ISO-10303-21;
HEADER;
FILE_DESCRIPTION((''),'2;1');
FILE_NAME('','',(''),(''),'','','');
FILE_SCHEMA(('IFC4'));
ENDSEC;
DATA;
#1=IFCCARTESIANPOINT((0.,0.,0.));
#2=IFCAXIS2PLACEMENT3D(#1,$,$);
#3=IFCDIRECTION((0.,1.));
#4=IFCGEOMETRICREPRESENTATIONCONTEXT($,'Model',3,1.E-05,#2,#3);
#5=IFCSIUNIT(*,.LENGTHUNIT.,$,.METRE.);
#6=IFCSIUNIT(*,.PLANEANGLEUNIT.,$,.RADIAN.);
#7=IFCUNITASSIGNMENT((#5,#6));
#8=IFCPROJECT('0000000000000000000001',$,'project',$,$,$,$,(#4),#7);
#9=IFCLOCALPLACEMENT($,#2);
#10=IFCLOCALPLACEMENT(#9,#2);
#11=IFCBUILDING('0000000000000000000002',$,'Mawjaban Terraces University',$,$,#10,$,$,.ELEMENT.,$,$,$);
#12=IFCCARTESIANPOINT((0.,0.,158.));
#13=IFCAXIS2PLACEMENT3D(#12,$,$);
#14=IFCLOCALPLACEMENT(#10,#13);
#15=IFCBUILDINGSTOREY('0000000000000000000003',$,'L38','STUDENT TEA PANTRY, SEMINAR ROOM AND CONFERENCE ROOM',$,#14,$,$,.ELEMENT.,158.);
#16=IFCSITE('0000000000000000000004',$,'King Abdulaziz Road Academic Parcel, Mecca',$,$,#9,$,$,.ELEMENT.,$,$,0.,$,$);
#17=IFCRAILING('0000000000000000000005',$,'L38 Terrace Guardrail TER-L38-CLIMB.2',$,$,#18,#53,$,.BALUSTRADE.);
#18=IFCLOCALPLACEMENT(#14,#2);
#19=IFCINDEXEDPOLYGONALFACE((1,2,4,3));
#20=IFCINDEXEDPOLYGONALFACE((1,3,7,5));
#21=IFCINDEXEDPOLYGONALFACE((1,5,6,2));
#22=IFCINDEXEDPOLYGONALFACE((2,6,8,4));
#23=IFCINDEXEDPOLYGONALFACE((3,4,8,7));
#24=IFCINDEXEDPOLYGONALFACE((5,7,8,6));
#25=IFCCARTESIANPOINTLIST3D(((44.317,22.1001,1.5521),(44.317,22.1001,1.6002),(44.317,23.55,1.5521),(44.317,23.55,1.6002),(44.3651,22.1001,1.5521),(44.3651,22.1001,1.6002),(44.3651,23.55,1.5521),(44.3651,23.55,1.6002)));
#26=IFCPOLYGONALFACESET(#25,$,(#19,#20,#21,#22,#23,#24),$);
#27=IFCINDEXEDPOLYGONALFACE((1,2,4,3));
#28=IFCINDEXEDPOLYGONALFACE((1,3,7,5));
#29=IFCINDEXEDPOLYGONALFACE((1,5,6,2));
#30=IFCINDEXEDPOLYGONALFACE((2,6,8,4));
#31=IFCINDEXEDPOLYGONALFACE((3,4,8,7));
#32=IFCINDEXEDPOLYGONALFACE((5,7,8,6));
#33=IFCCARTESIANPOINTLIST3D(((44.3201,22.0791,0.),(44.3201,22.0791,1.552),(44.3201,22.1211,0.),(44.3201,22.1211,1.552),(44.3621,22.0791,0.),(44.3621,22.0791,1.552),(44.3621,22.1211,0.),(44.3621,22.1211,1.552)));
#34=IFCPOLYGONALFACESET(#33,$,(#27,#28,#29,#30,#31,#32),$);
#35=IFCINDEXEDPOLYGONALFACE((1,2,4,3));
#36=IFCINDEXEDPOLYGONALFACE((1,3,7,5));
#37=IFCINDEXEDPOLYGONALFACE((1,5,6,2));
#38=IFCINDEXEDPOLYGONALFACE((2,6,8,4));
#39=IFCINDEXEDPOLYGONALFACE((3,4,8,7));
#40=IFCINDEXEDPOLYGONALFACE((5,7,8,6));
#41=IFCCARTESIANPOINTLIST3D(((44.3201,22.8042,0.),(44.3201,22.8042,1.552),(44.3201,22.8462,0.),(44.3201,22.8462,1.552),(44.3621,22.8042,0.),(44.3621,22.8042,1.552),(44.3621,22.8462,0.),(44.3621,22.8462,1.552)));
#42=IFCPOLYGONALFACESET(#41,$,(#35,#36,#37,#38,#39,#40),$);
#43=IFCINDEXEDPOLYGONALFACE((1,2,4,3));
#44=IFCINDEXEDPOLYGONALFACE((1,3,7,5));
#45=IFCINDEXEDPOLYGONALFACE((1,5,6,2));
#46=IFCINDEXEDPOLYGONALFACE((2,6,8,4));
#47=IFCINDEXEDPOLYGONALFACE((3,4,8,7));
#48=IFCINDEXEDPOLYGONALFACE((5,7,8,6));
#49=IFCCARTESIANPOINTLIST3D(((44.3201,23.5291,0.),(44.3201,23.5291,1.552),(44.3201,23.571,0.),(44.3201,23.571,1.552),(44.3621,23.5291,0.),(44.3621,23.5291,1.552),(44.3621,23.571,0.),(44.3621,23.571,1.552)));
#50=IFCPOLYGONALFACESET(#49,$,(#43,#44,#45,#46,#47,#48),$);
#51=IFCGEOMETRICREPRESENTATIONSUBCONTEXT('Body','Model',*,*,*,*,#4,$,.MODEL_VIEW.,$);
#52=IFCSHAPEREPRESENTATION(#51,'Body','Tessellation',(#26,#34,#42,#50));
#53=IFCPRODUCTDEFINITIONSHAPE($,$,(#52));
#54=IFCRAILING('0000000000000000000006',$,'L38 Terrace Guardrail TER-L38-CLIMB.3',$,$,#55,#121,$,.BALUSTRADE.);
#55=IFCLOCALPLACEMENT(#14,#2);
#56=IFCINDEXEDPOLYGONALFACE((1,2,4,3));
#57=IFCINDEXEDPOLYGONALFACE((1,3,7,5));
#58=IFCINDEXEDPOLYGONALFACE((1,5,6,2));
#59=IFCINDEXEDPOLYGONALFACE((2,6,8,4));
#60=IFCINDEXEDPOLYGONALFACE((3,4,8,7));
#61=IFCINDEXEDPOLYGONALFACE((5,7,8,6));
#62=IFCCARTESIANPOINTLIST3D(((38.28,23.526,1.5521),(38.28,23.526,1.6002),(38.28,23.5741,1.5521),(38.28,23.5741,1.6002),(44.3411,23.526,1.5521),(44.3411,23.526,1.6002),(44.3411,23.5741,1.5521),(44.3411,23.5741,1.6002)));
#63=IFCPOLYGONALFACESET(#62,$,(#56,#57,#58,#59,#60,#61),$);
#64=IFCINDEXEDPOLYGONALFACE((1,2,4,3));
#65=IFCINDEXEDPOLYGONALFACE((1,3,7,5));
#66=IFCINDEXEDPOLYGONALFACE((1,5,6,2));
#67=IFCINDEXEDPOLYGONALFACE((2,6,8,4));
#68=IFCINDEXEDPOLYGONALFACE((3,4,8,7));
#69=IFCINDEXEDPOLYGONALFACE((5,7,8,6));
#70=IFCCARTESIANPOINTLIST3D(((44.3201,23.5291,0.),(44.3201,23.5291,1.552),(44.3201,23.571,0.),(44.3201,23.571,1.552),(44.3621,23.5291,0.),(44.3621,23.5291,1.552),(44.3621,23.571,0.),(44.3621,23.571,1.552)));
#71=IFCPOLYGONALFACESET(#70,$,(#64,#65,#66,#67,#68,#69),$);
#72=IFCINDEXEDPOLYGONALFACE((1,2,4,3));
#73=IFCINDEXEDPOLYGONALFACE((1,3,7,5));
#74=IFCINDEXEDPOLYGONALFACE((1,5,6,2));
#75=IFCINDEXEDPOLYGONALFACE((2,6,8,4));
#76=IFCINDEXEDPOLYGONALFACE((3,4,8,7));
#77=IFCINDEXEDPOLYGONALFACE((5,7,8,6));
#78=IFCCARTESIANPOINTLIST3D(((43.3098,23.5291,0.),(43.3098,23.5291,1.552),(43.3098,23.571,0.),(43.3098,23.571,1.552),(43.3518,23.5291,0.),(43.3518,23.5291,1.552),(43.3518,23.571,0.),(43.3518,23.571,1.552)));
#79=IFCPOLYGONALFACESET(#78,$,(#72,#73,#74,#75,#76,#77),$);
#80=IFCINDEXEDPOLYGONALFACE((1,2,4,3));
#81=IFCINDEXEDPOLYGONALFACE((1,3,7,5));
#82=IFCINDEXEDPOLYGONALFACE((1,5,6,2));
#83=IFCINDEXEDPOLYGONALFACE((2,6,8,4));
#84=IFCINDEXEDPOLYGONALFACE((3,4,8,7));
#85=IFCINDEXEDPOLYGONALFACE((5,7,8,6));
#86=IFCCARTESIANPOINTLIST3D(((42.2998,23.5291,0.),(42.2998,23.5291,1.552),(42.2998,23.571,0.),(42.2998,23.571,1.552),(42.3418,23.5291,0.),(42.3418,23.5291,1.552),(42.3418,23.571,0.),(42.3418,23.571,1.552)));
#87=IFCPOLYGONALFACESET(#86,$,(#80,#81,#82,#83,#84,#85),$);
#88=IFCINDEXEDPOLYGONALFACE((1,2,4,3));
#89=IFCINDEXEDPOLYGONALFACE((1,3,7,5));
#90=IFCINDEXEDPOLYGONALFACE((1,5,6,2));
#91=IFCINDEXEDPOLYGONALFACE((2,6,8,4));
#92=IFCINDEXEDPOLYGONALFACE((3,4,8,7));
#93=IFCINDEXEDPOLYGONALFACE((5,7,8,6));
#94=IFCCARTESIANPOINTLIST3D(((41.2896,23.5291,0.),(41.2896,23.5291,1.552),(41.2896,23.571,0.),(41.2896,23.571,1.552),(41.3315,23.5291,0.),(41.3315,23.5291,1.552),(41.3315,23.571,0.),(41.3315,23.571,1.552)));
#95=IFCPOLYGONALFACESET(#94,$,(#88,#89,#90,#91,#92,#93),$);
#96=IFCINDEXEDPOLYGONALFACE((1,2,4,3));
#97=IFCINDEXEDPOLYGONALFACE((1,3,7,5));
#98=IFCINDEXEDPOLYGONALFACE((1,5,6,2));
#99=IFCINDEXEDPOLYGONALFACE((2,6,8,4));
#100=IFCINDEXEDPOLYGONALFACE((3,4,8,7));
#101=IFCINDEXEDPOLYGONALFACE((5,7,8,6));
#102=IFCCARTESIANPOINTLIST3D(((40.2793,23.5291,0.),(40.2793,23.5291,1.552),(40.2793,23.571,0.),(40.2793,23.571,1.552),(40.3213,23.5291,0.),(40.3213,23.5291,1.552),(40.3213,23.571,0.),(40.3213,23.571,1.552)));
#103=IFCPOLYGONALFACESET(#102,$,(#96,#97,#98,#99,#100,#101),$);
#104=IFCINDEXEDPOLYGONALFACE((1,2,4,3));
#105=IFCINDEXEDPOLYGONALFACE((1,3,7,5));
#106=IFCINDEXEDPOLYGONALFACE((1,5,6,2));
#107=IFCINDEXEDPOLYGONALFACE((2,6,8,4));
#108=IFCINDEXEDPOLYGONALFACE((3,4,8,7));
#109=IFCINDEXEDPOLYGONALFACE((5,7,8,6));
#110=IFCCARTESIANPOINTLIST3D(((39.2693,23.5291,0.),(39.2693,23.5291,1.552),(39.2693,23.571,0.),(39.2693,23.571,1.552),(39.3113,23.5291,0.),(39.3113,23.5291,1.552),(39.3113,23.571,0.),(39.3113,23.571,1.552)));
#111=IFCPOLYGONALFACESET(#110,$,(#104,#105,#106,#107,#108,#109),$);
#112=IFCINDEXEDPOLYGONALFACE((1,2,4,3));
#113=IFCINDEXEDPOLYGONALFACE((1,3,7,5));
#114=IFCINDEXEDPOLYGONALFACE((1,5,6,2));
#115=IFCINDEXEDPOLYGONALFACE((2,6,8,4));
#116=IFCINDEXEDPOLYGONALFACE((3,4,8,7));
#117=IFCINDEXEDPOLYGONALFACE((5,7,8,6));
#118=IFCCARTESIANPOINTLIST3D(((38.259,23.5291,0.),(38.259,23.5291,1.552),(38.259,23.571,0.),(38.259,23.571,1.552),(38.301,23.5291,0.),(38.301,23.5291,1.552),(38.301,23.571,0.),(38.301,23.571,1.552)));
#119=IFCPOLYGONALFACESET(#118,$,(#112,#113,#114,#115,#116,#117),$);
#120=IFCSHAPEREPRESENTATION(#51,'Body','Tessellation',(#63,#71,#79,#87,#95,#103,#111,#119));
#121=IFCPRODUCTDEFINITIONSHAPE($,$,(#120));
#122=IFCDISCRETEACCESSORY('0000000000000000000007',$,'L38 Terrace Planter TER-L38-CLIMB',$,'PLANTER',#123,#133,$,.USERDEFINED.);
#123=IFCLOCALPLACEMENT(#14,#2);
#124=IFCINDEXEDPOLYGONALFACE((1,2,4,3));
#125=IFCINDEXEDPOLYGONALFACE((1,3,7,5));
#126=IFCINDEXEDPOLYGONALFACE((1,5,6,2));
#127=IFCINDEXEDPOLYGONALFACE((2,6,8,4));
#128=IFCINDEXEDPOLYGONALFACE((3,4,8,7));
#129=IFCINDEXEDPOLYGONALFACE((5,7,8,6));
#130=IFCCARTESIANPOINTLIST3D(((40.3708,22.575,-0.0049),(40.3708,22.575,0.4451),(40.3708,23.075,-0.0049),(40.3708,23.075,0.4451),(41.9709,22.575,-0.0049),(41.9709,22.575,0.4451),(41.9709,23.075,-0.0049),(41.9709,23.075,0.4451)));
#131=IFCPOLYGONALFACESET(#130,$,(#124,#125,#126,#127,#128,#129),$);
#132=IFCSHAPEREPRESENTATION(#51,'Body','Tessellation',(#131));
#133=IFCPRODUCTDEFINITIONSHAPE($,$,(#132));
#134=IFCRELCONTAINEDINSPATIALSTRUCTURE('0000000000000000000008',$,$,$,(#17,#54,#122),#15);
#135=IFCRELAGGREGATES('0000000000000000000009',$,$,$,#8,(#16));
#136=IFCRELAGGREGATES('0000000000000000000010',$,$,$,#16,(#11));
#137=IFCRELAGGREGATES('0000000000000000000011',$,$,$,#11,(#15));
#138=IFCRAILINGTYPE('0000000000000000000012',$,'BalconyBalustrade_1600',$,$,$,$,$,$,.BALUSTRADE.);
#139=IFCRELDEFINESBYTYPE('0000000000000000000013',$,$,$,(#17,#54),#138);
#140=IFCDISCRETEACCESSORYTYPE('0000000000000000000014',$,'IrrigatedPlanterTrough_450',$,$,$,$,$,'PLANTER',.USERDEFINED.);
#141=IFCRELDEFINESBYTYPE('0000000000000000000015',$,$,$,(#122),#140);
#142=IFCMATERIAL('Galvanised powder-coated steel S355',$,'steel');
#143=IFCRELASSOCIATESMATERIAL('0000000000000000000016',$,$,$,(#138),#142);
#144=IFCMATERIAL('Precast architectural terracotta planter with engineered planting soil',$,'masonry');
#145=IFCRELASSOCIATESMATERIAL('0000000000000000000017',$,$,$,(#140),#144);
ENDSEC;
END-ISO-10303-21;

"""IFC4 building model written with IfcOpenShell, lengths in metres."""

from ifc_helpers import new_model, si_unit, direction, frame, origin, origin_2d, place, context, subcontext, project, spatial, rectangle, extrude, material, type_object, element, save


model = new_model("IFC4")

# Units and contexts
model_context = context("Model", 3, precision=1e-05, world=origin(), true_north=direction((0.0, 1.0)))
body_context = subcontext(model_context, "Body", "Model", "MODEL_VIEW")
ifc_project = project(units=[si_unit("LENGTHUNIT", "METRE"), si_unit("PLANEANGLEUNIT", "RADIAN")], contexts=[model_context])

# Site, building, storey
site_placement = place(None, origin())
site = spatial("IfcSite", under=ifc_project, at=site_placement, Name="King Abdulaziz Road Academic Parcel, Mecca", CompositionType="ELEMENT", RefElevation=0.0)
building_placement = place(site_placement, origin())
building = spatial("IfcBuilding", under=site, at=building_placement, Name="Mawjaban Terraces University", CompositionType="ELEMENT")
storey_placement = place(building_placement, frame((0.0, 0.0, 158.0)))
storey = spatial("IfcBuildingStorey", under=building, at=storey_placement, Name="L38", Description="STUDENT TEA PANTRY, SEMINAR ROOM AND CONFERENCE ROOM", CompositionType="ELEMENT", Elevation=158.0)

# Railings
ifc_material_1 = material(Name="Galvanised powder-coated steel S355", Category="steel")
railing_type = type_object("IfcRailingType", Name="BalconyBalustrade_1600", PredefinedType="BALUSTRADE", material=ifc_material_1)
railing_1_placement = place(storey_placement, frame((44.3411, 22.1001, 0.0)))
element("IfcRailing", 1, at=railing_1_placement, inside=storey, type_object=railing_type, Name="L38 Terrace Guardrail TER-L38-CLIMB.2", PredefinedType="BALUSTRADE", context=body_context, shape_type="SweptSolid", body=[
    extrude(rectangle(XDim=0.0481, YDim=0.0481, at=origin_2d()), frame((0.0, 0.0, 1.5762), z_axis=(0.0, 1.0, 0.0), x_axis=(-1.0, 0.0, 0.0)), (0.0, 0.0, 1.0), 1.45),
    extrude(rectangle(XDim=0.042, YDim=0.042, at=origin_2d()), origin(), (0.0, 0.0, 1.0), 1.552),
    extrude(rectangle(XDim=0.042, YDim=0.042, at=origin_2d()), frame((0.0, 0.7251, 0.0)), (0.0, 0.0, 1.0), 1.552),
    extrude(rectangle(XDim=0.042, YDim=0.042, at=origin_2d()), frame((0.0, 1.45, 0.0)), (0.0, 0.0, 1.0), 1.552),
])
railing_2_placement = place(storey_placement, frame((44.3411, 23.55, 0.0)))
element("IfcRailing", 2, at=railing_2_placement, inside=storey, type_object=railing_type, Name="L38 Terrace Guardrail TER-L38-CLIMB.3", PredefinedType="BALUSTRADE", context=body_context, shape_type="SweptSolid", body=[
    extrude(rectangle(XDim=0.0481, YDim=0.0481, at=origin_2d()), frame((0.0, 0.0, 1.5762), z_axis=(-1.0, 0.0, 0.0), x_axis=(0.0, -1.0, 0.0)), (0.0, 0.0, 1.0), 6.061),
    extrude(rectangle(XDim=0.042, YDim=0.042, at=origin_2d()), origin(), (0.0, 0.0, 1.0), 1.552),
    extrude(rectangle(XDim=0.042, YDim=0.042, at=origin_2d()), frame((-1.0103, 0.0, 0.0)), (0.0, 0.0, 1.0), 1.552),
    extrude(rectangle(XDim=0.042, YDim=0.042, at=origin_2d()), frame((-2.0203, 0.0, 0.0)), (0.0, 0.0, 1.0), 1.552),
    extrude(rectangle(XDim=0.042, YDim=0.042, at=origin_2d()), frame((-3.0305, 0.0, 0.0)), (0.0, 0.0, 1.0), 1.552),
    extrude(rectangle(XDim=0.042, YDim=0.042, at=origin_2d()), frame((-4.0408, 0.0, 0.0)), (0.0, 0.0, 1.0), 1.552),
    extrude(rectangle(XDim=0.042, YDim=0.042, at=origin_2d()), frame((-5.0508, 0.0, 0.0)), (0.0, 0.0, 1.0), 1.552),
    extrude(rectangle(XDim=0.042, YDim=0.042, at=origin_2d()), frame((-6.061, 0.0, 0.0)), (0.0, 0.0, 1.0), 1.552),
])

# Discrete accessory
ifc_material_2 = material(Name="Precast architectural terracotta planter with engineered planting soil", Category="masonry")
discrete_accessory_type = type_object("IfcDiscreteAccessoryType", Name="IrrigatedPlanterTrough_450", ElementType="PLANTER", PredefinedType="USERDEFINED", material=ifc_material_2)
discrete_accessory_placement = place(storey_placement, frame((41.1709, 22.825, -0.0049), z_axis=(0.0, 0.0, 1.0), x_axis=(1.0, 0.0, 0.0)))
element("IfcDiscreteAccessory", 3, at=discrete_accessory_placement, inside=storey, type_object=discrete_accessory_type, Name="L38 Terrace Planter TER-L38-CLIMB", ObjectType="PLANTER", PredefinedType="USERDEFINED", context=body_context, shape_type="SweptSolid", body=[
    extrude(rectangle(XDim=1.6001, YDim=0.5, at=origin_2d()), origin(), (0.0, 0.0, 1.0), 0.45),
])

save(model, "model.ifc")
